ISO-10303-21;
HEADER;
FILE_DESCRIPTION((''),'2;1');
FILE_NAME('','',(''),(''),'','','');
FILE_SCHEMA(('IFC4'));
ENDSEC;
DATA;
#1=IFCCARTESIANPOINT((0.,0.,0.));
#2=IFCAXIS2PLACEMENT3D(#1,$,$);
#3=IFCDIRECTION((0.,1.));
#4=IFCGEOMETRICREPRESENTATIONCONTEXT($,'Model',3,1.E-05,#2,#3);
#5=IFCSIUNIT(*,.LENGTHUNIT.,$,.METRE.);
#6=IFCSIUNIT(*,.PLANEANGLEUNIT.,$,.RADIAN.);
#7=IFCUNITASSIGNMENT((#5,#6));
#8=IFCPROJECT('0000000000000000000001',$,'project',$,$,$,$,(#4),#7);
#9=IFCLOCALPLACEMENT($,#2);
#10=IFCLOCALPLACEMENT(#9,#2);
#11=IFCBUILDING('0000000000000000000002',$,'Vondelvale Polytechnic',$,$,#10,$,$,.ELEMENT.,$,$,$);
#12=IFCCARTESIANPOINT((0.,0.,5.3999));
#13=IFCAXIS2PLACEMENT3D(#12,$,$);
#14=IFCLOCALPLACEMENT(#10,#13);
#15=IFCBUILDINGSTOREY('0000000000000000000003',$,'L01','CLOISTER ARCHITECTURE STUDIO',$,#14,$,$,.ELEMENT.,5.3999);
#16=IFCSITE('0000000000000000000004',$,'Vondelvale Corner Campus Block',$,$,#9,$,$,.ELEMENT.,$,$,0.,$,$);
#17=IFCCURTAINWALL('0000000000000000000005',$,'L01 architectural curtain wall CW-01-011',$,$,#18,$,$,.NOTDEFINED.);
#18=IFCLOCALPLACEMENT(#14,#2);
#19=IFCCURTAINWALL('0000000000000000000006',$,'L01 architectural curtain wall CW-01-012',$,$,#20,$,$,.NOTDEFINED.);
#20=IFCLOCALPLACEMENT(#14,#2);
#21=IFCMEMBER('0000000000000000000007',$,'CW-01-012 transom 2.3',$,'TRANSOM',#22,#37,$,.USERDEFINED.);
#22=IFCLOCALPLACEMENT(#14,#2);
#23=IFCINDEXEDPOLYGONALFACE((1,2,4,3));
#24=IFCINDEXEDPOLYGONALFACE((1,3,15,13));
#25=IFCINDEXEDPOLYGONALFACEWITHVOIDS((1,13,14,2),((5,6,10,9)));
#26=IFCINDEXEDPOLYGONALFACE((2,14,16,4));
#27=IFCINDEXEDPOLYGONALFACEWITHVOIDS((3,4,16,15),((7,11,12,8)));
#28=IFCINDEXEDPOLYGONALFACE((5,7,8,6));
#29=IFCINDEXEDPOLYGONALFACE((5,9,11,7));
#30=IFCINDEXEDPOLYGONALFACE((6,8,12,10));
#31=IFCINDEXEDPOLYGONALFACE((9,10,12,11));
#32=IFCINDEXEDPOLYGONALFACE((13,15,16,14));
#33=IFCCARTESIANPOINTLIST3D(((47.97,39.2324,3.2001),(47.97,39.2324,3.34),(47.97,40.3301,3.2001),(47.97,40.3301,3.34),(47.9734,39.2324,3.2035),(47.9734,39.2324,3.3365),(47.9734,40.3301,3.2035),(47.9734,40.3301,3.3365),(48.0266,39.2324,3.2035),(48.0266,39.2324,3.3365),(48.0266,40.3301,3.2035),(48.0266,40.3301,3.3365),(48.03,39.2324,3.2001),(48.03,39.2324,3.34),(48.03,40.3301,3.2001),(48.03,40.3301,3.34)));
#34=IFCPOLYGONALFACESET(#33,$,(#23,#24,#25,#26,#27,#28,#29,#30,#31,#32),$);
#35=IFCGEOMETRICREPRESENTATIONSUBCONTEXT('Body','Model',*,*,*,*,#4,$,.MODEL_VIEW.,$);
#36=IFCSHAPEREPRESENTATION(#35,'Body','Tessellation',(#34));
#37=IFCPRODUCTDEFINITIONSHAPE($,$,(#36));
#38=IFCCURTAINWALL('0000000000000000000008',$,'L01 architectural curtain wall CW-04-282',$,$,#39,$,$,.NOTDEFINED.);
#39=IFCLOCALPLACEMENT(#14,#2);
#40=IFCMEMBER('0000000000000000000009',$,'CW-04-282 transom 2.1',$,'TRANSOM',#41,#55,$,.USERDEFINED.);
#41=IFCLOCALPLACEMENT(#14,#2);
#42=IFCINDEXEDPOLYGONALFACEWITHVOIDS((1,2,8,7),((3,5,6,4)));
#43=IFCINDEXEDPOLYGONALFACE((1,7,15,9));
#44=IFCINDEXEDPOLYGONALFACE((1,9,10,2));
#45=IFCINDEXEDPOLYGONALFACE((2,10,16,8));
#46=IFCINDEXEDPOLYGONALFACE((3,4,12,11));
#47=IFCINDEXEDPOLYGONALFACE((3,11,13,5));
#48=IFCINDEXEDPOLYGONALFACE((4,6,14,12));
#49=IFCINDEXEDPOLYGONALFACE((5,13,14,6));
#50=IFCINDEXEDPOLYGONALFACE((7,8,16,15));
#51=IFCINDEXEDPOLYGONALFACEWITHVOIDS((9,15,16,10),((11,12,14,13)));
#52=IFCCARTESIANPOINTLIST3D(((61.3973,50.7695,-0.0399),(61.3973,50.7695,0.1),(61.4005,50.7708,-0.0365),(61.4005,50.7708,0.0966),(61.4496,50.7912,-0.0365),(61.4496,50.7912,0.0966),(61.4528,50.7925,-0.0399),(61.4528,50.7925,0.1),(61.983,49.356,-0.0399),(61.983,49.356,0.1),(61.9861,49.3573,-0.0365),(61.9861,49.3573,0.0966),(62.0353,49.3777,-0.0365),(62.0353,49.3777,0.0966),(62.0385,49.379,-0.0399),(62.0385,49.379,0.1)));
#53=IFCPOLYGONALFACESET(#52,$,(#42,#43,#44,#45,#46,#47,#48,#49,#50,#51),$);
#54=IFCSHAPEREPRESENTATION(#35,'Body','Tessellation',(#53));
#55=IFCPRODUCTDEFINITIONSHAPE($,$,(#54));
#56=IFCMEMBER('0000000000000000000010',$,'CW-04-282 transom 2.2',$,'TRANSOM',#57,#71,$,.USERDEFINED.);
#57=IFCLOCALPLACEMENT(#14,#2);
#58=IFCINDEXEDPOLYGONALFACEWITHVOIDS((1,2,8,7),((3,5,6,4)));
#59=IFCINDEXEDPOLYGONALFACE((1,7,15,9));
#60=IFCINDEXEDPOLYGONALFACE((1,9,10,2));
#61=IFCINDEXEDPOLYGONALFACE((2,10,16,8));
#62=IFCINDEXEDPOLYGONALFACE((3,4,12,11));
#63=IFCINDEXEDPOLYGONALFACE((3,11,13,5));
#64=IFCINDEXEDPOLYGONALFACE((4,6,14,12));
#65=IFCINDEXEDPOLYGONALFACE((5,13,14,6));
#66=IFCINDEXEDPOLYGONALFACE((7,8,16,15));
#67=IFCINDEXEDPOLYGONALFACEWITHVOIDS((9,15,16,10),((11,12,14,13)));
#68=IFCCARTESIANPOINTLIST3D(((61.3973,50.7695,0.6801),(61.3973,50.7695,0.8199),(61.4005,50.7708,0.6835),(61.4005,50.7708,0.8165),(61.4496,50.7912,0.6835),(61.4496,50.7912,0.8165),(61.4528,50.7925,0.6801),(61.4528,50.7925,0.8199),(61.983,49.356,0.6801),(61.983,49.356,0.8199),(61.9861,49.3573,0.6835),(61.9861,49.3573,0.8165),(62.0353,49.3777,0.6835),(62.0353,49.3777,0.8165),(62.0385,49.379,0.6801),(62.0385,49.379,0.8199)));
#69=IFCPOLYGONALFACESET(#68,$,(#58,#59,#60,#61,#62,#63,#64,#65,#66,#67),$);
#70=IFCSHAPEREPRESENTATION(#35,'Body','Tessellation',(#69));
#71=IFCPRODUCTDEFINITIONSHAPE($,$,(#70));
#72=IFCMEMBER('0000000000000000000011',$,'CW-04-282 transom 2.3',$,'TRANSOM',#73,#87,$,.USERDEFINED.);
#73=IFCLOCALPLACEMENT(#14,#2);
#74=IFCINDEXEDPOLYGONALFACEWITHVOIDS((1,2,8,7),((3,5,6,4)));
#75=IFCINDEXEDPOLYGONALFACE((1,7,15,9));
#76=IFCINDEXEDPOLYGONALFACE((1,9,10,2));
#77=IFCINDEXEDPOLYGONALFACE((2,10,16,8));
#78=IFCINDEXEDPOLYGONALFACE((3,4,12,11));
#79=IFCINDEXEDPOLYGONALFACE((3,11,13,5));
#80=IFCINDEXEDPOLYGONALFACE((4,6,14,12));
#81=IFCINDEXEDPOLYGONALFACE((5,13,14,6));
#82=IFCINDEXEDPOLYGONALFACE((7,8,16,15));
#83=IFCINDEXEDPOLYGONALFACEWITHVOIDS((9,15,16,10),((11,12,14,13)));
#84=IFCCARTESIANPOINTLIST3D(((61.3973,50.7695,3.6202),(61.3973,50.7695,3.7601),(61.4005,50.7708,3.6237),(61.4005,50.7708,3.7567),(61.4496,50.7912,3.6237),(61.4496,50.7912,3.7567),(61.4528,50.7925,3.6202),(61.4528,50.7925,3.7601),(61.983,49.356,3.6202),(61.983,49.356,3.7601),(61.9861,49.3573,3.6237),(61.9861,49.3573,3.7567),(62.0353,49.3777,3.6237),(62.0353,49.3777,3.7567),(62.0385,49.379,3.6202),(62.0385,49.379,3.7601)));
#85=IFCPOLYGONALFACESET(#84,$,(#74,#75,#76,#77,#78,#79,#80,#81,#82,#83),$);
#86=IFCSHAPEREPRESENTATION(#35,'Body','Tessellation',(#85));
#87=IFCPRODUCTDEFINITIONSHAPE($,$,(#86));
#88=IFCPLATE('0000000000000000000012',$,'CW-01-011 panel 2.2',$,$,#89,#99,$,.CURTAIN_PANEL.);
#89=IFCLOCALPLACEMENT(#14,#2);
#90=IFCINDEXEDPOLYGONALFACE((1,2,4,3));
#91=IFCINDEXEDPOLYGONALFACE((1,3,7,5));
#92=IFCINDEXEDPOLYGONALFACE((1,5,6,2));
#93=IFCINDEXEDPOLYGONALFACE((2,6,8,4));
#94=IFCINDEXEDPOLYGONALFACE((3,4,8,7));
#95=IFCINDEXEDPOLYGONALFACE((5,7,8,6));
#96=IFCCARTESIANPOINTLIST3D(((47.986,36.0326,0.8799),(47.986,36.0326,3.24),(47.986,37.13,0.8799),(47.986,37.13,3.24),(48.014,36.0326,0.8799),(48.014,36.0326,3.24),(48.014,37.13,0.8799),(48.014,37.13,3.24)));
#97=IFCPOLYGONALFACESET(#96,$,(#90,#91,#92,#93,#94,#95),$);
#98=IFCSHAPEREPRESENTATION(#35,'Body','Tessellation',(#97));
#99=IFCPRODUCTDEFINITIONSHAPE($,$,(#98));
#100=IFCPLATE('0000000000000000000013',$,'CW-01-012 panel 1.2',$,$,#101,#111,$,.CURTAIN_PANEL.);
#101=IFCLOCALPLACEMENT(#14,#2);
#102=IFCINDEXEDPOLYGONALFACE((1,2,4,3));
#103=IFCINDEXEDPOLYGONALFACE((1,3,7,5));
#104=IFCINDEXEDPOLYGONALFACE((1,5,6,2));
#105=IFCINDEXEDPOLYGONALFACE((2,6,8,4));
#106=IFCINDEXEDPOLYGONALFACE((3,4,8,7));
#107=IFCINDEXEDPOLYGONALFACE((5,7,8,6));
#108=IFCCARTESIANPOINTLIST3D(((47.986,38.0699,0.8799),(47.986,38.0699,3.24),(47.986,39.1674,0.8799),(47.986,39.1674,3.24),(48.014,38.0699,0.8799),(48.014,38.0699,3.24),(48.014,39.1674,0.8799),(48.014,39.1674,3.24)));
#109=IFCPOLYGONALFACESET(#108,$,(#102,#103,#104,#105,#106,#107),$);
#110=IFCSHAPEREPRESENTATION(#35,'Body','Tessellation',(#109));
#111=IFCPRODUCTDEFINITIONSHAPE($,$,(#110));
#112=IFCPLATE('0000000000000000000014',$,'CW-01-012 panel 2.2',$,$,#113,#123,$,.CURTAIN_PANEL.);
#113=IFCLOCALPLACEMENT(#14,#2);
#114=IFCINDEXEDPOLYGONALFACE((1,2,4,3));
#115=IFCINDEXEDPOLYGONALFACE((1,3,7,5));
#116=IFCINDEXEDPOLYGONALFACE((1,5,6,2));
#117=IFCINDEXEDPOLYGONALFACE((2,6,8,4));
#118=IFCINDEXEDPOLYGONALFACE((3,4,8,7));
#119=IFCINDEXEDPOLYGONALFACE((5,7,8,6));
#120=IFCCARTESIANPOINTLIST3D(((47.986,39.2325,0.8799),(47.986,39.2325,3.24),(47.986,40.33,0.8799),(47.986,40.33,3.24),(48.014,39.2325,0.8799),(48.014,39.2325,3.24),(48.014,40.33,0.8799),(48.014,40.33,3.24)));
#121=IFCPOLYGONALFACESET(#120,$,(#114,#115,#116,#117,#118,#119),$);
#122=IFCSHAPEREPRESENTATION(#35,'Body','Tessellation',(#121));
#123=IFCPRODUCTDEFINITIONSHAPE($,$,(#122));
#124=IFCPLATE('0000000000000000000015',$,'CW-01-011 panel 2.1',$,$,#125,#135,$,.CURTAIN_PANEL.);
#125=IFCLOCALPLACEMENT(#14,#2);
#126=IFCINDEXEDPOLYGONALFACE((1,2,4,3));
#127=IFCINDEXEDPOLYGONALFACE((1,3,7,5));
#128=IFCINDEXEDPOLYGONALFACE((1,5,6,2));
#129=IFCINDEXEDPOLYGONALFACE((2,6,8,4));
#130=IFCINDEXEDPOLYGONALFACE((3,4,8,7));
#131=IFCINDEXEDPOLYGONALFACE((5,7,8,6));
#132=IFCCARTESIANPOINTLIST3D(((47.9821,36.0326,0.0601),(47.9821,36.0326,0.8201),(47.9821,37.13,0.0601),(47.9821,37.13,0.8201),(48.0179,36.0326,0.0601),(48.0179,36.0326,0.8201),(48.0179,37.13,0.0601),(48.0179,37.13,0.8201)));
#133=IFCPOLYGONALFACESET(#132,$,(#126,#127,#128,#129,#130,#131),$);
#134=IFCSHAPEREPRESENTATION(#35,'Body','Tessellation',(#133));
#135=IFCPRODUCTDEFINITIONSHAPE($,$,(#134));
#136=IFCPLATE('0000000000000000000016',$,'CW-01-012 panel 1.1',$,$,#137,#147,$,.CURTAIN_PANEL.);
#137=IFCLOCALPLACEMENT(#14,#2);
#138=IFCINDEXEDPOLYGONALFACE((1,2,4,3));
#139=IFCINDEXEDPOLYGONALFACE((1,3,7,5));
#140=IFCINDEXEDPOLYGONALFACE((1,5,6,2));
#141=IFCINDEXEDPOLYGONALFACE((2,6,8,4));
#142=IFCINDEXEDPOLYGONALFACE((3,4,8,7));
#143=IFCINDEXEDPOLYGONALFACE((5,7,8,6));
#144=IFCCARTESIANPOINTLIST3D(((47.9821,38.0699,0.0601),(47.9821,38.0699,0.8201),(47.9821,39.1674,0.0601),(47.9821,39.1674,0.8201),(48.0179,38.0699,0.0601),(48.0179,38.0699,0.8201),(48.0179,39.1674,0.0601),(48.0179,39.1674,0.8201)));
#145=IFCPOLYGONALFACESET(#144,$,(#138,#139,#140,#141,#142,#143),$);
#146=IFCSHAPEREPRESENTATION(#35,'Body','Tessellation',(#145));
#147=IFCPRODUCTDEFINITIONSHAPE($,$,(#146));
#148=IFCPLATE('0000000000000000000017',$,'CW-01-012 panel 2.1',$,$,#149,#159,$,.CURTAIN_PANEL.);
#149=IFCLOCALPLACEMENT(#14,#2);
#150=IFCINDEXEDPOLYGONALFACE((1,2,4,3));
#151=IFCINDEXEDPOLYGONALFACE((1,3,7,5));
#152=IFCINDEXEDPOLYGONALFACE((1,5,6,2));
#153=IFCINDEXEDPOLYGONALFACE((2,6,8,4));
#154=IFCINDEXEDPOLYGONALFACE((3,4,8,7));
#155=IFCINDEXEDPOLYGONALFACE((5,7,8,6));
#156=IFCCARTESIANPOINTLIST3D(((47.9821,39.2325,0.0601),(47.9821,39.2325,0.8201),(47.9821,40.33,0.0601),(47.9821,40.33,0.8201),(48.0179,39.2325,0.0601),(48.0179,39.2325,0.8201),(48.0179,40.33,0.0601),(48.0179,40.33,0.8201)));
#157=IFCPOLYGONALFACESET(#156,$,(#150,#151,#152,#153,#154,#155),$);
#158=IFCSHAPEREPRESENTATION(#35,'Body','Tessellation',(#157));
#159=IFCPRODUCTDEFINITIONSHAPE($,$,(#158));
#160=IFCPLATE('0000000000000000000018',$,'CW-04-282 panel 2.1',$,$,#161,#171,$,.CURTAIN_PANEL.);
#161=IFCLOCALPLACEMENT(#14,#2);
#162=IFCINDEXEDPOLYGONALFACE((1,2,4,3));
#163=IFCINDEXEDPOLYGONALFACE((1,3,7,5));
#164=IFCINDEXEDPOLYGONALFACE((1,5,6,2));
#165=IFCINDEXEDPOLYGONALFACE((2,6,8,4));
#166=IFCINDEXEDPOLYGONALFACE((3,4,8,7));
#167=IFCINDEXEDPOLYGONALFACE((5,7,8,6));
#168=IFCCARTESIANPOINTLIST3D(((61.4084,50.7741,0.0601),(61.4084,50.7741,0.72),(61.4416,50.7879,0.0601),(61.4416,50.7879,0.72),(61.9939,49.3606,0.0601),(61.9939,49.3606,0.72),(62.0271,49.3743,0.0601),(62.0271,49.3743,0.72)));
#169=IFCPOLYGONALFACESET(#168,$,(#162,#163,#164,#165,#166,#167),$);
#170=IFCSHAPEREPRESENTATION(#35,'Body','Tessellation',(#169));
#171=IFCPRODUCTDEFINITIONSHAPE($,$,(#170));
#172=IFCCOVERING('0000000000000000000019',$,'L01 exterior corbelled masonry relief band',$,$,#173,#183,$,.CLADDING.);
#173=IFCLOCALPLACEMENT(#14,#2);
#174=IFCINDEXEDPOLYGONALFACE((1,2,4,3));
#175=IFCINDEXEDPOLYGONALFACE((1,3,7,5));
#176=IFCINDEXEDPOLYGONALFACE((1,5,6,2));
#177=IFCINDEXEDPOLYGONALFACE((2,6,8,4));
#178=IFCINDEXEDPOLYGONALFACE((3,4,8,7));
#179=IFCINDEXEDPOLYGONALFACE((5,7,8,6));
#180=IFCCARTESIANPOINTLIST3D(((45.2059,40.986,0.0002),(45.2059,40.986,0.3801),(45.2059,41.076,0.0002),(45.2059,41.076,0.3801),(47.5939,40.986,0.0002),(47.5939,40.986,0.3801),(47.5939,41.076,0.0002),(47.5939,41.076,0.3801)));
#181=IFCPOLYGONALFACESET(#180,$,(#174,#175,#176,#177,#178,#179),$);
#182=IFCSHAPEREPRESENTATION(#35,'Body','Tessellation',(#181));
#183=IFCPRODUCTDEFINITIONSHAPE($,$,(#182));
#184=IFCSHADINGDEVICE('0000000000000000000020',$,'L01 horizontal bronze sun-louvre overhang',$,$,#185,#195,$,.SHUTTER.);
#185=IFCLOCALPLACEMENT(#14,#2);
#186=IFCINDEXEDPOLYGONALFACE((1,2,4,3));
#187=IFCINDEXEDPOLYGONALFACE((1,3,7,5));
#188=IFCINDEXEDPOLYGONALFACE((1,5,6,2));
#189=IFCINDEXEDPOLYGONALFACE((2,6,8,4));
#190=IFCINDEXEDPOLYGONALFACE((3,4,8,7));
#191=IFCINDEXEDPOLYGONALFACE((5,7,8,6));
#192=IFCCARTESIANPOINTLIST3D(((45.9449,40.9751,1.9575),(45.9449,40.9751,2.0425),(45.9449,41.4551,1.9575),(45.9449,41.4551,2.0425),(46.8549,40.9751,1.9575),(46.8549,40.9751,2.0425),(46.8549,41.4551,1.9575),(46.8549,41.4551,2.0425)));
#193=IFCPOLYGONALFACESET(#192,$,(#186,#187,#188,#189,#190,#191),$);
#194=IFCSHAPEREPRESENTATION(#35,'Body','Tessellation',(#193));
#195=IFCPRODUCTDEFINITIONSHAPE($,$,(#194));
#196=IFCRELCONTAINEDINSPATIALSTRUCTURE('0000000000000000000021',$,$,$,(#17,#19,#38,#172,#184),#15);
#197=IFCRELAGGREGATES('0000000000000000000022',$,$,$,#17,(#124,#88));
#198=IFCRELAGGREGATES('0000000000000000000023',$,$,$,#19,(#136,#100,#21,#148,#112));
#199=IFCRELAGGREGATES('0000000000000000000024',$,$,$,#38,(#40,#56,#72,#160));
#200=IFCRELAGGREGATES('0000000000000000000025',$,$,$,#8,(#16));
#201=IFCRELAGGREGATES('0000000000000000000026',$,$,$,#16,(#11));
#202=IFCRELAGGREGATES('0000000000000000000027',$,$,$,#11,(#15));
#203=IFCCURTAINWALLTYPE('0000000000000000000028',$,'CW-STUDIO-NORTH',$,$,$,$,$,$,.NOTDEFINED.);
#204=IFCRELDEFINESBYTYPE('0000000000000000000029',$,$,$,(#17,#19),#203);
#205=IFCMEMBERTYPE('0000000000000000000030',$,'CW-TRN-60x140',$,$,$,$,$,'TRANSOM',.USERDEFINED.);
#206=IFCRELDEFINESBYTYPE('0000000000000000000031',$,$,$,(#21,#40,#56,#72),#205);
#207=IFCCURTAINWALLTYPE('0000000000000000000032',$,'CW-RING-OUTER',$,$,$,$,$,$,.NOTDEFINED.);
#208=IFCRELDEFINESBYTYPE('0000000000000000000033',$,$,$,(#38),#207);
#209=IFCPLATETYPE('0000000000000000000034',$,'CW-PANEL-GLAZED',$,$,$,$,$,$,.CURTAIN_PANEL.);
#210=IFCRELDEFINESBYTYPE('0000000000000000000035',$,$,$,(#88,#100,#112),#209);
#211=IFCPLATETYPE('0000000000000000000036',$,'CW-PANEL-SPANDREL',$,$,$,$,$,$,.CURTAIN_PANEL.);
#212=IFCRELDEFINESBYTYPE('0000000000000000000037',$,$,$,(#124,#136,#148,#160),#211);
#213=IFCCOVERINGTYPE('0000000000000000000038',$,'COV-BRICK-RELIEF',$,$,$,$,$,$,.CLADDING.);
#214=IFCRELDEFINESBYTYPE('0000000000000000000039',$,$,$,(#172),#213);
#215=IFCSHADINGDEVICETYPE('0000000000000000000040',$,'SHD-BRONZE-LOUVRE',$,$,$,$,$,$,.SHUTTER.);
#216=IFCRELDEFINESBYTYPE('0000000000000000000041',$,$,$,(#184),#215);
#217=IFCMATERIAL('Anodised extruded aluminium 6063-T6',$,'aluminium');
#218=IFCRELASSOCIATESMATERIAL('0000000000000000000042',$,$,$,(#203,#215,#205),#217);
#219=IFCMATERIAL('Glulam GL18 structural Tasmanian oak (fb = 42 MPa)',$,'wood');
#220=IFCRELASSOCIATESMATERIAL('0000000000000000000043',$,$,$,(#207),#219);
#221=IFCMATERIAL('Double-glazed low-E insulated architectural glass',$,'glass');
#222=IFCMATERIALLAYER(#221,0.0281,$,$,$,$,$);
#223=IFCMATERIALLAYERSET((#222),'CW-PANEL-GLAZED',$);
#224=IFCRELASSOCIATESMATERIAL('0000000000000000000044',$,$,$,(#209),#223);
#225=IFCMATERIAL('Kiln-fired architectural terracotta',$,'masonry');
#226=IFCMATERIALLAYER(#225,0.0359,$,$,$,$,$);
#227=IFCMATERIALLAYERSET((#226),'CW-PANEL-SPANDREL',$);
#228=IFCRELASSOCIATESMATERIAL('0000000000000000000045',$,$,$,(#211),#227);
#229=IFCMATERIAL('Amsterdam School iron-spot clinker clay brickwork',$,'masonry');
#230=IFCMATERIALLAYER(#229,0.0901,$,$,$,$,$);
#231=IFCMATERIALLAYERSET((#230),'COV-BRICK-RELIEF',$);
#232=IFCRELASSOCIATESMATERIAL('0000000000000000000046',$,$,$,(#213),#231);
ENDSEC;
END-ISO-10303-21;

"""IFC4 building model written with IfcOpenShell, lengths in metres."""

from ifc_helpers import new_model, si_unit, direction, frame, origin, origin_2d, place, context, subcontext, project, spatial, rectangle, hollow_rectangle, extrude, material, layer, layer_set, material_profile, profile_set, type_object, element, aggregate, save


model = new_model("IFC4")

# Units and contexts
model_context = context("Model", 3, precision=1e-05, world=origin(), true_north=direction((0.0, 1.0)))
body_context = subcontext(model_context, "Body", "Model", "MODEL_VIEW")
ifc_project = project(units=[si_unit("LENGTHUNIT", "METRE"), si_unit("PLANEANGLEUNIT", "RADIAN")], contexts=[model_context])

# Site, building, storey
site_placement = place(None, origin())
site = spatial("IfcSite", under=ifc_project, at=site_placement, Name="Vondelvale Corner Campus Block", CompositionType="ELEMENT", RefElevation=0.0)
building_placement = place(site_placement, origin())
building = spatial("IfcBuilding", under=site, at=building_placement, Name="Vondelvale Polytechnic", CompositionType="ELEMENT")
storey_placement = place(building_placement, frame((0.0, 0.0, 5.3999)))
storey = spatial("IfcBuildingStorey", under=building, at=storey_placement, Name="L01", Description="CLOISTER ARCHITECTURE STUDIO", CompositionType="ELEMENT", Elevation=5.3999)

# Curtain wall
ifc_material_1 = material(Name="Anodised extruded aluminium 6063-T6", Category="aluminium")
curtain_wall_type_1 = type_object("IfcCurtainWallType", Name="CW-STUDIO-NORTH", PredefinedType="NOTDEFINED", material=ifc_material_1)
curtain_wall_1_placement = place(storey_placement, origin())
curtain_wall_1 = element("IfcCurtainWall", 1, at=curtain_wall_1_placement, inside=storey, type_object=curtain_wall_type_1, Name="L01 architectural curtain wall CW-01-011", PredefinedType="NOTDEFINED")

# Curtain walls, members
curtain_wall_2_placement = place(storey_placement, origin())
curtain_wall_2 = element("IfcCurtainWall", 2, at=curtain_wall_2_placement, inside=storey, type_object=curtain_wall_type_1, Name="L01 architectural curtain wall CW-01-012", PredefinedType="NOTDEFINED")
ifc_material_profile_1 = material_profile(ifc_material_1, hollow_rectangle(XDim=0.0601, YDim=0.1399, WallThickness=0.0034, at=origin_2d()), Name="CW-TRN-140x60")
ifc_profile_set_1 = profile_set([ifc_material_profile_1], Name="Anodised extruded aluminium 6063-T6")
member_type_1 = type_object("IfcMemberType", Name="CW-TRN-60x140", ElementType="TRANSOM", PredefinedType="USERDEFINED", material=ifc_profile_set_1)
member_1_placement = place(storey_placement, frame((48.0, 39.2324, 3.27), z_axis=(0.0, 1.0, 0.0), x_axis=(-1.0, 0.0, 0.0)))
member_1 = element("IfcMember", 3, at=member_1_placement, type_object=member_type_1, Name="CW-01-012 transom 2.3", ObjectType="TRANSOM", PredefinedType="USERDEFINED", context=body_context, shape_type="SweptSolid", body=[
    extrude(hollow_rectangle(XDim=0.0601, YDim=0.1399, WallThickness=0.0034, at=origin_2d()), origin(), (0.0, 0.0, 1.0), 1.0977),
])
ifc_material_2 = material(Name="Glulam GL18 structural Tasmanian oak (fb = 42 MPa)", Category="wood")
curtain_wall_type_2 = type_object("IfcCurtainWallType", Name="CW-RING-OUTER", PredefinedType="NOTDEFINED", material=ifc_material_2)
curtain_wall_3_placement = place(storey_placement, origin())
curtain_wall_3 = element("IfcCurtainWall", 4, at=curtain_wall_3_placement, inside=storey, type_object=curtain_wall_type_2, Name="L01 architectural curtain wall CW-04-282", PredefinedType="NOTDEFINED")
member_2_placement = place(storey_placement, frame((61.425, 50.781, 0.03), z_axis=(0.382779, -0.92384, 0.0), x_axis=(0.92384, 0.382779, 0.0)))
member_2 = element("IfcMember", 5, at=member_2_placement, type_object=member_type_1, Name="CW-04-282 transom 2.1", ObjectType="TRANSOM", PredefinedType="USERDEFINED", context=body_context, shape_type="SweptSolid", body=[
    extrude(hollow_rectangle(XDim=0.0601, YDim=0.1399, WallThickness=0.0034, at=origin_2d()), origin(), (0.0, 0.0, 1.0), 1.53),
])
member_3_placement = place(storey_placement, frame((61.425, 50.781, 0.75), z_axis=(0.382779, -0.92384, 0.0), x_axis=(0.92384, 0.382779, 0.0)))
member_3 = element("IfcMember", 6, at=member_3_placement, type_object=member_type_1, Name="CW-04-282 transom 2.2", ObjectType="TRANSOM", PredefinedType="USERDEFINED", context=body_context, shape_type="SweptSolid", body=[
    extrude(hollow_rectangle(XDim=0.0601, YDim=0.1399, WallThickness=0.0034, at=origin_2d()), origin(), (0.0, 0.0, 1.0), 1.53),
])
member_4_placement = place(storey_placement, frame((61.425, 50.781, 3.6902), z_axis=(0.382779, -0.92384, 0.0), x_axis=(0.92384, 0.382779, 0.0)))
member_4 = element("IfcMember", 7, at=member_4_placement, type_object=member_type_1, Name="CW-04-282 transom 2.3", ObjectType="TRANSOM", PredefinedType="USERDEFINED", context=body_context, shape_type="SweptSolid", body=[
    extrude(hollow_rectangle(XDim=0.0601, YDim=0.1399, WallThickness=0.0034, at=origin_2d()), origin(), (0.0, 0.0, 1.0), 1.53),
])

# Plates
ifc_material_3 = material(Name="Double-glazed low-E insulated architectural glass", Category="glass")
ifc_layer_1 = layer(ifc_material_3, 0.0281)
ifc_layer_set_1 = layer_set([ifc_layer_1], Name="CW-PANEL-GLAZED")
plate_type_1 = type_object("IfcPlateType", Name="CW-PANEL-GLAZED", PredefinedType="CURTAIN_PANEL", material=ifc_layer_set_1)
plate_1_placement = place(storey_placement, frame((48.0, 36.5813, 0.8799), z_axis=(0.0, 0.0, 1.0), x_axis=(0.0, 1.0, 0.0)))
plate_1 = element("IfcPlate", 8, at=plate_1_placement, type_object=plate_type_1, Name="CW-01-011 panel 2.2", PredefinedType="CURTAIN_PANEL", context=body_context, shape_type="SweptSolid", body=[
    extrude(rectangle(XDim=1.0974, YDim=0.0281, at=origin_2d()), origin(), (0.0, 0.0, 1.0), 2.3601),
])
plate_2_placement = place(storey_placement, frame((48.0, 38.6187, 0.8799), z_axis=(0.0, 0.0, 1.0), x_axis=(0.0, 1.0, 0.0)))
plate_2 = element("IfcPlate", 9, at=plate_2_placement, type_object=plate_type_1, Name="CW-01-012 panel 1.2", PredefinedType="CURTAIN_PANEL", context=body_context, shape_type="SweptSolid", body=[
    extrude(rectangle(XDim=1.0974, YDim=0.0281, at=origin_2d()), origin(), (0.0, 0.0, 1.0), 2.3601),
])
plate_3_placement = place(storey_placement, frame((48.0, 39.7812, 0.8799), z_axis=(0.0, 0.0, 1.0), x_axis=(0.0, 1.0, 0.0)))
plate_3 = element("IfcPlate", 10, at=plate_3_placement, type_object=plate_type_1, Name="CW-01-012 panel 2.2", PredefinedType="CURTAIN_PANEL", context=body_context, shape_type="SweptSolid", body=[
    extrude(rectangle(XDim=1.0974, YDim=0.0281, at=origin_2d()), origin(), (0.0, 0.0, 1.0), 2.3601),
])
ifc_material_4 = material(Name="Kiln-fired architectural terracotta", Category="masonry")
ifc_layer_2 = layer(ifc_material_4, 0.0359)
ifc_layer_set_2 = layer_set([ifc_layer_2], Name="CW-PANEL-SPANDREL")
plate_type_2 = type_object("IfcPlateType", Name="CW-PANEL-SPANDREL", PredefinedType="CURTAIN_PANEL", material=ifc_layer_set_2)
plate_4_placement = place(storey_placement, frame((48.0, 36.5813, 0.0601), z_axis=(0.0, 0.0, 1.0), x_axis=(0.0, 1.0, 0.0)))
plate_4 = element("IfcPlate", 11, at=plate_4_placement, type_object=plate_type_2, Name="CW-01-011 panel 2.1", PredefinedType="CURTAIN_PANEL", context=body_context, shape_type="SweptSolid", body=[
    extrude(rectangle(XDim=1.0974, YDim=0.0359, at=origin_2d()), origin(), (0.0, 0.0, 1.0), 0.76),
])
aggregate(curtain_wall_1, [plate_4, plate_1])
plate_5_placement = place(storey_placement, frame((48.0, 38.6187, 0.0601), z_axis=(0.0, 0.0, 1.0), x_axis=(0.0, 1.0, 0.0)))
plate_5 = element("IfcPlate", 12, at=plate_5_placement, type_object=plate_type_2, Name="CW-01-012 panel 1.1", PredefinedType="CURTAIN_PANEL", context=body_context, shape_type="SweptSolid", body=[
    extrude(rectangle(XDim=1.0974, YDim=0.0359, at=origin_2d()), origin(), (0.0, 0.0, 1.0), 0.76),
])
plate_6_placement = place(storey_placement, frame((48.0, 39.7812, 0.0601), z_axis=(0.0, 0.0, 1.0), x_axis=(0.0, 1.0, 0.0)))
plate_6 = element("IfcPlate", 13, at=plate_6_placement, type_object=plate_type_2, Name="CW-01-012 panel 2.1", PredefinedType="CURTAIN_PANEL", context=body_context, shape_type="SweptSolid", body=[
    extrude(rectangle(XDim=1.0974, YDim=0.0359, at=origin_2d()), origin(), (0.0, 0.0, 1.0), 0.76),
])
aggregate(curtain_wall_2, [plate_5, plate_2, member_1, plate_6, plate_3])
plate_7_placement = place(storey_placement, frame((61.7178, 50.0742, 0.0601), z_axis=(0.0, 0.0, 1.0), x_axis=(0.382677, -0.923882, 0.0)))
plate_7 = element("IfcPlate", 14, at=plate_7_placement, type_object=plate_type_2, Name="CW-04-282 panel 2.1", PredefinedType="CURTAIN_PANEL", context=body_context, shape_type="SweptSolid", body=[
    extrude(rectangle(XDim=1.53, YDim=0.0359, at=origin_2d()), origin(), (0.0, 0.0, 1.0), 0.6599),
])
aggregate(curtain_wall_3, [member_2, member_3, member_4, plate_7])

# Covering
ifc_material_5 = material(Name="Amsterdam School iron-spot clinker clay brickwork", Category="masonry")
ifc_layer_3 = layer(ifc_material_5, 0.0901)
ifc_layer_set_3 = layer_set([ifc_layer_3], Name="COV-BRICK-RELIEF")
covering_type = type_object("IfcCoveringType", Name="COV-BRICK-RELIEF", PredefinedType="CLADDING", material=ifc_layer_set_3)
covering_placement = place(storey_placement, frame((46.3999, 41.031, 0.0002), z_axis=(0.0, 0.0, 1.0), x_axis=(1.0, 0.0, 0.0)))
element("IfcCovering", 15, at=covering_placement, inside=storey, type_object=covering_type, Name="L01 exterior corbelled masonry relief band", PredefinedType="CLADDING", context=body_context, shape_type="SweptSolid", body=[
    extrude(rectangle(XDim=2.3879, YDim=0.0901, at=origin_2d()), origin(), (0.0, 0.0, 1.0), 0.3799),
])

# Shading device
shading_device_type = type_object("IfcShadingDeviceType", Name="SHD-BRONZE-LOUVRE", PredefinedType="SHUTTER", material=ifc_material_1)
shading_device_placement = place(storey_placement, frame((46.3999, 41.2151, 1.9575), z_axis=(0.0, 0.0, 1.0), x_axis=(1.0, 0.0, 0.0)))
element("IfcShadingDevice", 16, at=shading_device_placement, inside=storey, type_object=shading_device_type, Name="L01 horizontal bronze sun-louvre overhang", PredefinedType="SHUTTER", context=body_context, shape_type="SweptSolid", body=[
    extrude(rectangle(XDim=0.9099, YDim=0.48, at=origin_2d()), origin(), (0.0, 0.0, 1.0), 0.085),
])

save(model, "model.ifc")
